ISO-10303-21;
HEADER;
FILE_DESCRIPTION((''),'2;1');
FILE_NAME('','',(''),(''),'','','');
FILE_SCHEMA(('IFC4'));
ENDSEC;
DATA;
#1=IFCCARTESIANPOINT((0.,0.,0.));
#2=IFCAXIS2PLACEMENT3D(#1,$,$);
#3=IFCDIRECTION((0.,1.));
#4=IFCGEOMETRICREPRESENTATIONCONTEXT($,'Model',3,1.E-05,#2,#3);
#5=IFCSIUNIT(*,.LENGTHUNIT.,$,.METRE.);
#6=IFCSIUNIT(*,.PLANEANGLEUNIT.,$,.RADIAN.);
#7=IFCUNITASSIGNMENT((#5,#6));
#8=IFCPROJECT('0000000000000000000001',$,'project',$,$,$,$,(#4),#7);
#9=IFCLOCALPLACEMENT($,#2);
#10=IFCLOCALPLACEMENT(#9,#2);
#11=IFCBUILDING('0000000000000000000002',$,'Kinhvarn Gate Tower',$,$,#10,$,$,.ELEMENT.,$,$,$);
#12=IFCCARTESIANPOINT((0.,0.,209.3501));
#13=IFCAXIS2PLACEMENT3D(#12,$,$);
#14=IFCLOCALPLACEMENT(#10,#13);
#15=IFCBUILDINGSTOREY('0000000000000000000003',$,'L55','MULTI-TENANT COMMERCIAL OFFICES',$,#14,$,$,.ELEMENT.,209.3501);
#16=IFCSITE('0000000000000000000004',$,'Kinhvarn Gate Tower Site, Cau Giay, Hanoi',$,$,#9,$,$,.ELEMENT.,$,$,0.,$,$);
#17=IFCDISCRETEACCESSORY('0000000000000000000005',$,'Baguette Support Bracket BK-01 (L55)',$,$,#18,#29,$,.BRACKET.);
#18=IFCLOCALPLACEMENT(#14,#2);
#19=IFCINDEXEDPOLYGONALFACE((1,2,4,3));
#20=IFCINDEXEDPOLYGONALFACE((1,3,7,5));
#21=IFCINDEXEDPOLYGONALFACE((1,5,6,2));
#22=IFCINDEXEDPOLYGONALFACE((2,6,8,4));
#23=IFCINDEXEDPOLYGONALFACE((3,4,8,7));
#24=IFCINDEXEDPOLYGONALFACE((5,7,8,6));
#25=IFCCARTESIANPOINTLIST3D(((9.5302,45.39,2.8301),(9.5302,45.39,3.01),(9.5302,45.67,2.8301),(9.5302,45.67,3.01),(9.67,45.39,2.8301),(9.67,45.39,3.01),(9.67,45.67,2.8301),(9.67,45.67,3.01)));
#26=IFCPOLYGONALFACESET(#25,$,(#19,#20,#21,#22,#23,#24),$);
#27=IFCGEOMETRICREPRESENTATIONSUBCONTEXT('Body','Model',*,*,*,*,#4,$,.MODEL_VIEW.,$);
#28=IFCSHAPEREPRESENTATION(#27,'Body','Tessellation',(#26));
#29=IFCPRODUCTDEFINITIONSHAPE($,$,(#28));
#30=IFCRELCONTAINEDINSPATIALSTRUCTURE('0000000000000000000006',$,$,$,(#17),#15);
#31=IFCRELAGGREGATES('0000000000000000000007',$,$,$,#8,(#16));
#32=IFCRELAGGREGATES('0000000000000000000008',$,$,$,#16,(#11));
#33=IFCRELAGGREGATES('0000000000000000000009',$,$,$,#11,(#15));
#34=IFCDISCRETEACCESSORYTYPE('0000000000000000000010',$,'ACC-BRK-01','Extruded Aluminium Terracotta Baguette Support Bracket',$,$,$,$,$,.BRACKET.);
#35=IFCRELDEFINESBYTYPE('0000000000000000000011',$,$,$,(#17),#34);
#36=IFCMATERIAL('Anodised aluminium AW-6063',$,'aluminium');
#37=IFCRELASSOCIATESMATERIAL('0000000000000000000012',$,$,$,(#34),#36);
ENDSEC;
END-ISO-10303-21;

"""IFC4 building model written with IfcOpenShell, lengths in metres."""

from ifc_helpers import new_model, si_unit, direction, frame, origin, origin_2d, place, context, subcontext, project, spatial, rectangle, extrude, material, type_object, element, save


model = new_model("IFC4")

# Units and contexts
model_context = context("Model", 3, precision=1e-05, world=origin(), true_north=direction((0.0, 1.0)))
body_context = subcontext(model_context, "Body", "Model", "MODEL_VIEW")
ifc_project = project(units=[si_unit("LENGTHUNIT", "METRE"), si_unit("PLANEANGLEUNIT", "RADIAN")], contexts=[model_context])

# Site, building, storey
site_placement = place(None, origin())
site = spatial("IfcSite", under=ifc_project, at=site_placement, Name="Kinhvarn Gate Tower Site, Cau Giay, Hanoi", CompositionType="ELEMENT", RefElevation=0.0)
building_placement = place(site_placement, origin())
building = spatial("IfcBuilding", under=site, at=building_placement, Name="Kinhvarn Gate Tower", CompositionType="ELEMENT")
storey_placement = place(building_placement, frame((0.0, 0.0, 209.3501)))
storey = spatial("IfcBuildingStorey", under=building, at=storey_placement, Name="L55", Description="MULTI-TENANT COMMERCIAL OFFICES", CompositionType="ELEMENT", Elevation=209.3501)

# Shared definitions
ifc_material_1 = material(Name="Anodised aluminium AW-6063", Category="aluminium")

# Discrete accessory
discrete_accessory_type = type_object("IfcDiscreteAccessoryType", Name="ACC-BRK-01", Description="Extruded Aluminium Terracotta Baguette Support Bracket", PredefinedType="BRACKET", material=ifc_material_1)
for number, where, z_axis, x_axis, name in (
    (1, (9.6001, 45.53, 2.8301), (0.0, 0.0, 1.0), (-1.0, 0.0, 0.0), "Baguette Support Bracket BK-01 (L55)"),
):
    element("IfcDiscreteAccessory", number, at=place(storey_placement, frame(where, z_axis=z_axis, x_axis=x_axis)), inside=storey, type_object=discrete_accessory_type, Name=name, PredefinedType="BRACKET", context=body_context, shape_type="SweptSolid", body=[
        extrude(rectangle(XDim=0.1399, YDim=0.28, at=origin_2d()), origin(), (0.0, 0.0, 1.0), 0.1799),
    ])

save(model, "model.ifc")
